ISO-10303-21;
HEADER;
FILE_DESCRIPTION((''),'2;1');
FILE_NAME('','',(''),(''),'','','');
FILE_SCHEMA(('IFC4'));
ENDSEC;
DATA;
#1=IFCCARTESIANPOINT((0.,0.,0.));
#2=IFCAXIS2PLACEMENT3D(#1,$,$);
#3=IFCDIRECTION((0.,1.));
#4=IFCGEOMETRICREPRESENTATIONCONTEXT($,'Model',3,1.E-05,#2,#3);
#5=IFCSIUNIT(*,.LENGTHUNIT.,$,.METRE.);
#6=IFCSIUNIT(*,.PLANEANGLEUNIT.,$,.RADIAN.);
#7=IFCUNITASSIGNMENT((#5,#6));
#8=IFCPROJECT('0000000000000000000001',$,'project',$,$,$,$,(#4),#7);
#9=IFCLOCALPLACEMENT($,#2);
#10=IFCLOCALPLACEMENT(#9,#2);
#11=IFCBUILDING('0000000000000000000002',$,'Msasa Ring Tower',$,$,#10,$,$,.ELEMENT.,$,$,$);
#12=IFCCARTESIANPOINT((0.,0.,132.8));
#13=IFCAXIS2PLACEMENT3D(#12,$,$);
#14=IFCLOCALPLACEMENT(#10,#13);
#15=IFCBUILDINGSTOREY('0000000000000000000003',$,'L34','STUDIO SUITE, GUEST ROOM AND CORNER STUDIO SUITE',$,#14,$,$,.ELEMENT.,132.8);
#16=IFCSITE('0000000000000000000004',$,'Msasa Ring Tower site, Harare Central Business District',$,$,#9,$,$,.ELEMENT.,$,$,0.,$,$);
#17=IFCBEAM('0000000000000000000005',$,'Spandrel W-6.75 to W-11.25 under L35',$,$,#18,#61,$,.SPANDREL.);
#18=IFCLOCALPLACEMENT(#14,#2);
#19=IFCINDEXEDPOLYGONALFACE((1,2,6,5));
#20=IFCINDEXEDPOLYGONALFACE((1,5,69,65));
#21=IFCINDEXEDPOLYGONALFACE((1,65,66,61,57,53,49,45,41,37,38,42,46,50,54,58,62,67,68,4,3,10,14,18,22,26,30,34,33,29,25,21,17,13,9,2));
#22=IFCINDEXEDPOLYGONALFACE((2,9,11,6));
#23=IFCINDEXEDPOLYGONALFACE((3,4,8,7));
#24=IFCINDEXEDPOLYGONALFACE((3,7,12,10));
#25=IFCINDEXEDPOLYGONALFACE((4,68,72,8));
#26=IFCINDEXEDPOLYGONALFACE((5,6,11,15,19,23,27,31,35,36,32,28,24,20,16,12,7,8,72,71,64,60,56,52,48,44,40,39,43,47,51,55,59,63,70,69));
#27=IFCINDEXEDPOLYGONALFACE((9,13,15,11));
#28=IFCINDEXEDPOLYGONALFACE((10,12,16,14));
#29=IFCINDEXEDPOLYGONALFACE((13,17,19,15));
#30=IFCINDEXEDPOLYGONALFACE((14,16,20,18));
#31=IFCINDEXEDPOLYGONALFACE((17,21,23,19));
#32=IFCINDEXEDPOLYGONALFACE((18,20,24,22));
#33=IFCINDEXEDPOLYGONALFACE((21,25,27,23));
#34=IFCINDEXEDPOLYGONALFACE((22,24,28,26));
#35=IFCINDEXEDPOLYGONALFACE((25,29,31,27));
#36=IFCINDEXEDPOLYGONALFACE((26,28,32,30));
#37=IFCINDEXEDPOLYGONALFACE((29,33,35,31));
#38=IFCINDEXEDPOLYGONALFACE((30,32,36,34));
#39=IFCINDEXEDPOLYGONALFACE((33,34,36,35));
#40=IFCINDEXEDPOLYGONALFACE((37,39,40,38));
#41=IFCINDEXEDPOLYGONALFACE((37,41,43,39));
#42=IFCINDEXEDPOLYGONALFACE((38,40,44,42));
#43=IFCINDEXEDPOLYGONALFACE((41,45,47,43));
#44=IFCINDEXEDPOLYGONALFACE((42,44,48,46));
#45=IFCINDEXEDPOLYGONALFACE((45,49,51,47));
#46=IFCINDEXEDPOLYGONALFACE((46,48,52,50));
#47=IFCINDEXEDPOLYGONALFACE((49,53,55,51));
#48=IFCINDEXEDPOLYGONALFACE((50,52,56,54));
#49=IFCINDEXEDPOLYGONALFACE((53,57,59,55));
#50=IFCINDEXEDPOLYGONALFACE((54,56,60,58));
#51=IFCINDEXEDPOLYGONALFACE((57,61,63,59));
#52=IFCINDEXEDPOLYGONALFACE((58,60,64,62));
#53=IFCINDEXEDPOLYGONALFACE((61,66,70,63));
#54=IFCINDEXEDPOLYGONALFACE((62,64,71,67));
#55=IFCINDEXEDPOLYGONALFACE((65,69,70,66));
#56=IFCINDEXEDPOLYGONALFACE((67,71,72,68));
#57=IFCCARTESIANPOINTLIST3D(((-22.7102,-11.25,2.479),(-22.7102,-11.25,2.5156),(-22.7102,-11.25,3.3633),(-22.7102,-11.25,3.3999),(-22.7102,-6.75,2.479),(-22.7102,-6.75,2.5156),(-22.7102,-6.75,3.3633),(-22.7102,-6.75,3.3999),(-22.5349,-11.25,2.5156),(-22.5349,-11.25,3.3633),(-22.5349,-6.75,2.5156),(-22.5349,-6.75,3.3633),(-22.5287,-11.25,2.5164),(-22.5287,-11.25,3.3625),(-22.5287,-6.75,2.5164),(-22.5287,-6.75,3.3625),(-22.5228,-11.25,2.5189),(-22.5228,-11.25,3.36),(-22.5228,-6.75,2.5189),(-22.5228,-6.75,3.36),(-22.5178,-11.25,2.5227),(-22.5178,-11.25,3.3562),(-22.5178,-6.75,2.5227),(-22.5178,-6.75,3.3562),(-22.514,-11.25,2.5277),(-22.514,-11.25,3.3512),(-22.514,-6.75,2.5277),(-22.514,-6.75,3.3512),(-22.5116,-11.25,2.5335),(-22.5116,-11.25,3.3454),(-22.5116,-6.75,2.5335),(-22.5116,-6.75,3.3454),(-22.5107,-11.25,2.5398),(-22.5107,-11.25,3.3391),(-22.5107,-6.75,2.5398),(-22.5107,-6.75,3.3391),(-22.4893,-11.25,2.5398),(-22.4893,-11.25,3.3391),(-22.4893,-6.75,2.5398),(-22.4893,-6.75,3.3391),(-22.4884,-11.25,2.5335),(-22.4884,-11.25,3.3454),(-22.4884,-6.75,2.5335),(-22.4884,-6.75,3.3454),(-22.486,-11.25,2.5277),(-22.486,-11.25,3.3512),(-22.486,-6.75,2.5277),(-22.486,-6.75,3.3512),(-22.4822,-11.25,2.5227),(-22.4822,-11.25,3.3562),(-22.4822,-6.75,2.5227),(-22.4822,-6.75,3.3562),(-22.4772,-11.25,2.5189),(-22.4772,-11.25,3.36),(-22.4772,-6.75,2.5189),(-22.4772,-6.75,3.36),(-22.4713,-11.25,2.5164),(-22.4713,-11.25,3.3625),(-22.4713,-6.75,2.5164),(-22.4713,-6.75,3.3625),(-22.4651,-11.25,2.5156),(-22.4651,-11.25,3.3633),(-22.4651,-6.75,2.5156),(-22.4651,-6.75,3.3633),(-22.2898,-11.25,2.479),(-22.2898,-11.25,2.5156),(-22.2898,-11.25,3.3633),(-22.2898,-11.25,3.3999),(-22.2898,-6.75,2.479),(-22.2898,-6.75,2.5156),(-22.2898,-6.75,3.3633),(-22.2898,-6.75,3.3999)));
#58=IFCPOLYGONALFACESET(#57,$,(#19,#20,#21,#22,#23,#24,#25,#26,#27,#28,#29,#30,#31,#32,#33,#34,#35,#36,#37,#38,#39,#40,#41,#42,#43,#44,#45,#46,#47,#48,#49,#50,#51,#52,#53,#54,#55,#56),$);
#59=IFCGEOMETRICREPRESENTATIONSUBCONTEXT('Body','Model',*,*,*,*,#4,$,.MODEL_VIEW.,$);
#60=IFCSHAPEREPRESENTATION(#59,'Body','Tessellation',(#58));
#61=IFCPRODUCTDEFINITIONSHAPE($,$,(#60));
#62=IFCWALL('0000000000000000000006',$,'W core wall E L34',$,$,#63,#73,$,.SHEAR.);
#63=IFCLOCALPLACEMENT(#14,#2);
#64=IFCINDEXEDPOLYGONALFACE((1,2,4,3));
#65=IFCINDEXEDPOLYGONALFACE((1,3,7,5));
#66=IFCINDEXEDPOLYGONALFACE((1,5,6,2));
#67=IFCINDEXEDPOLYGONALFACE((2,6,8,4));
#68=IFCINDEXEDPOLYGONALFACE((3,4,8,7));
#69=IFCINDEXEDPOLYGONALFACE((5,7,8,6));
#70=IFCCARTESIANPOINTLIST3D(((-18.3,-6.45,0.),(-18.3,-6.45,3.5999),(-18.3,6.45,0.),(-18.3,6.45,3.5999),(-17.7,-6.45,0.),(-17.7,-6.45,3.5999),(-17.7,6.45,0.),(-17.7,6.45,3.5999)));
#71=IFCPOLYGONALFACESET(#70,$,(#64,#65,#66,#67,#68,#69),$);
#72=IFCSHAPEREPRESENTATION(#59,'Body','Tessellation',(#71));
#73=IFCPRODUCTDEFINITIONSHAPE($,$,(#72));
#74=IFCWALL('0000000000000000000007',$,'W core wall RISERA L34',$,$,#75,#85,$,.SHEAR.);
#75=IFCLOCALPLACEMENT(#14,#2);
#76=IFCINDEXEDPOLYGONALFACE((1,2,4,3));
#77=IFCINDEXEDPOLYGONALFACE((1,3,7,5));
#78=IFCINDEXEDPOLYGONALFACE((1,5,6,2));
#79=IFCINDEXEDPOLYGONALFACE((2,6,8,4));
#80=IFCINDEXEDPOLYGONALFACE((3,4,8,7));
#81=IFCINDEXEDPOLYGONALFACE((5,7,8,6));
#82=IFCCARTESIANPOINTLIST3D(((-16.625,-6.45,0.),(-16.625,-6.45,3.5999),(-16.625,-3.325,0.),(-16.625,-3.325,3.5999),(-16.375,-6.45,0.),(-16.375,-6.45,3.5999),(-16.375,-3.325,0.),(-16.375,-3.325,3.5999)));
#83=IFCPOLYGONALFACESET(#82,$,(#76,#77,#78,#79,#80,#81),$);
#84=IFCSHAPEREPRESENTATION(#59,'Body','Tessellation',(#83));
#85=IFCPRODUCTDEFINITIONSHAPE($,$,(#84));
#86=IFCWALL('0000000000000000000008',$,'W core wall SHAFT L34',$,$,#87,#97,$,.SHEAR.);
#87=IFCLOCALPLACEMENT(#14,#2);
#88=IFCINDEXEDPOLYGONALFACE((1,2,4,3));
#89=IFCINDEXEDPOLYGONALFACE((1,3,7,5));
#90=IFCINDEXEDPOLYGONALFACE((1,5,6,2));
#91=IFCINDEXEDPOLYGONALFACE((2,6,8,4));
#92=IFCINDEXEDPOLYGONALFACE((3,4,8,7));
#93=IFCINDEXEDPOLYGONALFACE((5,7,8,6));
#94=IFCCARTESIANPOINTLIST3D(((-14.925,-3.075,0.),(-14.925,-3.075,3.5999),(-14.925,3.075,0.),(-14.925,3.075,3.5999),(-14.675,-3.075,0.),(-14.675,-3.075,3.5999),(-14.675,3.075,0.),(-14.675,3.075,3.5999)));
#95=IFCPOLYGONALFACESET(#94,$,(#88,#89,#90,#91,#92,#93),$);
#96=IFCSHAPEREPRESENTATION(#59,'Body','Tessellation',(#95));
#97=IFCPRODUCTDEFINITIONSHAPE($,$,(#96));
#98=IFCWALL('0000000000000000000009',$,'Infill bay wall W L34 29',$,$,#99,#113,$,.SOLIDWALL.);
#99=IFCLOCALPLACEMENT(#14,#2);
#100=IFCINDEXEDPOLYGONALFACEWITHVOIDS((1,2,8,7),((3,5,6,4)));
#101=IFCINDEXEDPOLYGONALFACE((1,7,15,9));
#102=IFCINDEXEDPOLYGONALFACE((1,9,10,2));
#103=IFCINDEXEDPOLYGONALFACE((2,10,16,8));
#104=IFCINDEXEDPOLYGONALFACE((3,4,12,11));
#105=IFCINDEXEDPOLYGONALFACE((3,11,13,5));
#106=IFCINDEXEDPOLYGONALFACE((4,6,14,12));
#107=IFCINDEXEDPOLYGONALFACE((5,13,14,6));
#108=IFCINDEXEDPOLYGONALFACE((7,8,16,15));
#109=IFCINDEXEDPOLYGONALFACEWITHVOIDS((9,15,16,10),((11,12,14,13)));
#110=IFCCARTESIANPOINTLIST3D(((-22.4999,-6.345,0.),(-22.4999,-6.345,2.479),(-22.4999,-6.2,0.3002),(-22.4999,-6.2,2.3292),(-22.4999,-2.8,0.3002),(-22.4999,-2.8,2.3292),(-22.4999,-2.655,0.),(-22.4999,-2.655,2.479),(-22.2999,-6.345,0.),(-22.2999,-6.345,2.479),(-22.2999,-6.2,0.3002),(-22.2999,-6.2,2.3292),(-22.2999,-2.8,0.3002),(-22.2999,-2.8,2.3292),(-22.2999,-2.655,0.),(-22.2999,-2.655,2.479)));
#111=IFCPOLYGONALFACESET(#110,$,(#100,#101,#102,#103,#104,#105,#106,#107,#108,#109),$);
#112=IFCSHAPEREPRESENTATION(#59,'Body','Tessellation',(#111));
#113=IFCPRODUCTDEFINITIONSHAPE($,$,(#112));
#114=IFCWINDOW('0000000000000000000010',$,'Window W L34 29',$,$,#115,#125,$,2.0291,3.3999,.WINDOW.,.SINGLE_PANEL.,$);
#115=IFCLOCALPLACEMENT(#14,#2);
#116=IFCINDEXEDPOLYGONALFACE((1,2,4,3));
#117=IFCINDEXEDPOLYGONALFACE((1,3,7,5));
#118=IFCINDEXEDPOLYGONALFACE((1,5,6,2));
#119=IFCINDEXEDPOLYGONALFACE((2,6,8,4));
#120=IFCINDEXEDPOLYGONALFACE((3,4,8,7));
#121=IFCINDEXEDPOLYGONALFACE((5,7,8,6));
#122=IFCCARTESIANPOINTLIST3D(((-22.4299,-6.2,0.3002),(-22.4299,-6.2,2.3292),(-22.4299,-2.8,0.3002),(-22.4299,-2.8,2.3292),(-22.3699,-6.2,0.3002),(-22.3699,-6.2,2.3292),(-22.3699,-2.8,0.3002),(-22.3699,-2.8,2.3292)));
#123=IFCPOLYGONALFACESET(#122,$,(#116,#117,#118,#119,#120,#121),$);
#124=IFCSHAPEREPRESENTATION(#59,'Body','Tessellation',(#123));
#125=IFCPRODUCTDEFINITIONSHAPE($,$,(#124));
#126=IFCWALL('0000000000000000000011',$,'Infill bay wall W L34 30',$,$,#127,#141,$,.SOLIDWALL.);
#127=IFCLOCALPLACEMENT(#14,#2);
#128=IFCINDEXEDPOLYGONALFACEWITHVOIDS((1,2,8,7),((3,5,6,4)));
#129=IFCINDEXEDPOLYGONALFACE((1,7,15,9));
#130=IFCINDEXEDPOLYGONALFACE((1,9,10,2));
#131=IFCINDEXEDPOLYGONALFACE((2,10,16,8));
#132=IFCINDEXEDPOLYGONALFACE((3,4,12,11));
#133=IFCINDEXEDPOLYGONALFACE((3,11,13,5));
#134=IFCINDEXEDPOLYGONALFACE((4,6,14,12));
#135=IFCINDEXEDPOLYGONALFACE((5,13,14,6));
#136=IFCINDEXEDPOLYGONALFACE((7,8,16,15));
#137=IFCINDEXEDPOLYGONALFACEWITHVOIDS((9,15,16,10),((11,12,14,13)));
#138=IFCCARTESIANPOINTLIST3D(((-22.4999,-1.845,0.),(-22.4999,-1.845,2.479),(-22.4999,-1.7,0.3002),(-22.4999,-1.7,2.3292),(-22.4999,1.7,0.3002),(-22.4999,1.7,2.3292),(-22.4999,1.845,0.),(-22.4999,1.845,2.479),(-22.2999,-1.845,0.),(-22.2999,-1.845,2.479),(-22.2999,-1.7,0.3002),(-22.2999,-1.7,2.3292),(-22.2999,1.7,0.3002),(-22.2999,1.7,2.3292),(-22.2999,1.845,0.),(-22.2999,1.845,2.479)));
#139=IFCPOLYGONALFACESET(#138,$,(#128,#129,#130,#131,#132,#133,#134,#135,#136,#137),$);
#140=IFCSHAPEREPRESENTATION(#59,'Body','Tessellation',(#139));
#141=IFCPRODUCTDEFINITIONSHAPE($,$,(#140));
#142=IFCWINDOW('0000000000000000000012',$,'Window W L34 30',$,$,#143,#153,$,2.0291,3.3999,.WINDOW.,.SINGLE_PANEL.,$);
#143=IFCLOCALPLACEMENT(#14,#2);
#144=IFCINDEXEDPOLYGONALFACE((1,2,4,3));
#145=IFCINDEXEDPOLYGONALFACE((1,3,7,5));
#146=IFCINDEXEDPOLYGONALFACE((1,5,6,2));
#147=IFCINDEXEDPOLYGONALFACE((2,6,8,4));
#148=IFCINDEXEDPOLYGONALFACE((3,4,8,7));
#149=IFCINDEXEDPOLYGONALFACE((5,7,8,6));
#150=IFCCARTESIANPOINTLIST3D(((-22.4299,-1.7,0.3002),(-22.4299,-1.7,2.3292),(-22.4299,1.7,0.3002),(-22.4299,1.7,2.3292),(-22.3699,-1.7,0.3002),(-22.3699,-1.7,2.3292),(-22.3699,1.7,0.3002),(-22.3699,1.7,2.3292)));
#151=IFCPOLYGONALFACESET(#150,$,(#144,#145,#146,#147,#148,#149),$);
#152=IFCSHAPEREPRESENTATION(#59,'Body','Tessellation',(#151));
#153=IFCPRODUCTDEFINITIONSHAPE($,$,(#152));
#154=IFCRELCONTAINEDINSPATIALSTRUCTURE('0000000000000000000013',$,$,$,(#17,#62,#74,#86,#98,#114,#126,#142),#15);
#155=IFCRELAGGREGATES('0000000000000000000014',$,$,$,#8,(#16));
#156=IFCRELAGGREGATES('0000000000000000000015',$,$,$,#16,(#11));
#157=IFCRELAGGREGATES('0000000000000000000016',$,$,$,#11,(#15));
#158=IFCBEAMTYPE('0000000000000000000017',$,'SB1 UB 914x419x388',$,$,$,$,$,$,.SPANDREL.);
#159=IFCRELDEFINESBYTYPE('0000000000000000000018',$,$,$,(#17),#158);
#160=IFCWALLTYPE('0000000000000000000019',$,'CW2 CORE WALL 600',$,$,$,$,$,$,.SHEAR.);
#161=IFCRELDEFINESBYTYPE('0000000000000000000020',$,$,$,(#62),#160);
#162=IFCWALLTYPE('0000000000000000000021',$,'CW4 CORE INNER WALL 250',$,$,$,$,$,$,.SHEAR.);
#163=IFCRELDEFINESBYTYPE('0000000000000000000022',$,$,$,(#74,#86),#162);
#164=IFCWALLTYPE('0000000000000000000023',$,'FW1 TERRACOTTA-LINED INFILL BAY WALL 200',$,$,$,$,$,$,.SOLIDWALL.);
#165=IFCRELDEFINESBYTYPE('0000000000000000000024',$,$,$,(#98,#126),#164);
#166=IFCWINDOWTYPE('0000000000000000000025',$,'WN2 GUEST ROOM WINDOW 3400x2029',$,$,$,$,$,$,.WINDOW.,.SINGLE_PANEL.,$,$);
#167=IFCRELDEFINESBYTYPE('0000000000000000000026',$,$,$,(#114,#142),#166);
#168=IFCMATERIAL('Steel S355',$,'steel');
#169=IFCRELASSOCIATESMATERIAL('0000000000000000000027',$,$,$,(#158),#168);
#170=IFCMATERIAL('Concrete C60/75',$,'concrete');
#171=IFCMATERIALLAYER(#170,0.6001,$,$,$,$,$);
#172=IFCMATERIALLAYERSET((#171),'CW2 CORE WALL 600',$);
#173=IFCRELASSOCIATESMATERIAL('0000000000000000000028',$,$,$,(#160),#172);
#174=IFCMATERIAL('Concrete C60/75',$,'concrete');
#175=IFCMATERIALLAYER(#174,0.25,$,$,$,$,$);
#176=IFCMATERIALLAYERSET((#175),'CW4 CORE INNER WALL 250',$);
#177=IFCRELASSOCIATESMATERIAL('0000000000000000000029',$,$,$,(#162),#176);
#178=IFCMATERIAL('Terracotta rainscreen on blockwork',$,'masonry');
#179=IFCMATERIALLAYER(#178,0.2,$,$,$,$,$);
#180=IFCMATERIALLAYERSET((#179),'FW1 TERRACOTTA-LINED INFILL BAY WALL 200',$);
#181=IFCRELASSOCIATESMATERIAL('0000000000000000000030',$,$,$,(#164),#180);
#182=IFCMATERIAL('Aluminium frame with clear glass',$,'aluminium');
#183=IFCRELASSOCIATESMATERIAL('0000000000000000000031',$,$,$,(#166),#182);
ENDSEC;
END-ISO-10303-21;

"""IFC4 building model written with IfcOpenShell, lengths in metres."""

from ifc_helpers import new_model, si_unit, direction, frame, frame_2d, origin, origin_2d, place, context, subcontext, project, spatial, rectangle, i_section, extrude, material, layer, layer_set, material_profile, profile_set, type_object, element, fill, save


model = new_model("IFC4")

# Units and contexts
model_context = context("Model", 3, precision=1e-05, world=origin(), true_north=direction((0.0, 1.0)))
body_context = subcontext(model_context, "Body", "Model", "MODEL_VIEW")
ifc_project = project(units=[si_unit("LENGTHUNIT", "METRE"), si_unit("PLANEANGLEUNIT", "RADIAN")], contexts=[model_context])

# Site, building, storey
site_placement = place(None, origin())
site = spatial("IfcSite", under=ifc_project, at=site_placement, Name="Msasa Ring Tower site, Harare Central Business District", CompositionType="ELEMENT", RefElevation=0.0)
building_placement = place(site_placement, origin())
building = spatial("IfcBuilding", under=site, at=building_placement, Name="Msasa Ring Tower", CompositionType="ELEMENT")
storey_placement = place(building_placement, frame((0.0, 0.0, 132.8)))
storey = spatial("IfcBuildingStorey", under=building, at=storey_placement, Name="L34", Description="STUDIO SUITE, GUEST ROOM AND CORNER STUDIO SUITE", CompositionType="ELEMENT", Elevation=132.8)

# Beam
ifc_material_1 = material(Name="Steel S355", Category="steel")
ifc_material_profile_1 = material_profile(ifc_material_1, i_section(OverallWidth=0.4204, OverallDepth=0.9209, WebThickness=0.0215, FlangeThickness=0.0366, FilletRadius=0.0242, at=origin_2d()), Name="UB 914x419x388")
ifc_profile_set_1 = profile_set([ifc_material_profile_1], Name="Steel S355")
beam_type_1 = type_object("IfcBeamType", Name="SB1 UB 914x419x388", PredefinedType="SPANDREL", material=ifc_profile_set_1)
for number, where, z_axis, x_axis, name in (
    (1, (-22.5, -6.75, 2.9395), (0.0, -1.0, 0.0), (1.0, 0.0, 0.0), "Spandrel W-6.75 to W-11.25 under L35"),
):
    element("IfcBeam", number, at=place(storey_placement, frame(where, z_axis=z_axis, x_axis=x_axis)), inside=storey, type_object=beam_type_1, Name=name, PredefinedType="SPANDREL", context=body_context, shape_type="SweptSolid", body=[
        extrude(i_section(OverallWidth=0.4204, OverallDepth=0.9209, WebThickness=0.0215, FlangeThickness=0.0366, FilletRadius=0.0242, at=origin_2d()), origin(), (0.0, 0.0, 1.0), 4.5),
    ])

# Walls
ifc_material_2 = material(Name="Concrete C60/75", Category="concrete")
ifc_layer_1 = layer(ifc_material_2, 0.6001)
ifc_layer_set_1 = layer_set([ifc_layer_1], Name="CW2 CORE WALL 600")
wall_type_1 = type_object("IfcWallType", Name="CW2 CORE WALL 600", PredefinedType="SHEAR", material=ifc_layer_set_1)
wall_1_placement = place(storey_placement, frame((-18.0, -6.45, 0.0), z_axis=(0.0, 0.0, 1.0), x_axis=(0.0, 1.0, 0.0)))
element("IfcWall", 2, at=wall_1_placement, inside=storey, type_object=wall_type_1, Name="W core wall E L34", PredefinedType="SHEAR", context=body_context, shape_type="SweptSolid", body=[
    extrude(rectangle(XDim=12.8999, YDim=0.6001, at=frame_2d((6.45, 0.0))), origin(), (0.0, 0.0, 1.0), 3.5999),
])
ifc_material_3 = material(Name="Concrete C60/75", Category="concrete")
ifc_layer_2 = layer(ifc_material_3, 0.25)
ifc_layer_set_2 = layer_set([ifc_layer_2], Name="CW4 CORE INNER WALL 250")
wall_type_2 = type_object("IfcWallType", Name="CW4 CORE INNER WALL 250", PredefinedType="SHEAR", material=ifc_layer_set_2)
wall_2_placement = place(storey_placement, frame((-16.5, -6.45, 0.0), z_axis=(0.0, 0.0, 1.0), x_axis=(0.0, 1.0, 0.0)))
element("IfcWall", 3, at=wall_2_placement, inside=storey, type_object=wall_type_2, Name="W core wall RISERA L34", PredefinedType="SHEAR", context=body_context, shape_type="SweptSolid", body=[
    extrude(rectangle(XDim=3.125, YDim=0.25, at=frame_2d((1.5625, 0.0))), origin(), (0.0, 0.0, 1.0), 3.5999),
])
wall_3_placement = place(storey_placement, frame((-14.8, -3.075, 0.0), z_axis=(0.0, 0.0, 1.0), x_axis=(0.0, 1.0, 0.0)))
element("IfcWall", 4, at=wall_3_placement, inside=storey, type_object=wall_type_2, Name="W core wall SHAFT L34", PredefinedType="SHEAR", context=body_context, shape_type="SweptSolid", body=[
    extrude(rectangle(XDim=6.1499, YDim=0.25, at=frame_2d((3.075, 0.0))), origin(), (0.0, 0.0, 1.0), 3.5999),
])

# Walls, openings, windows
ifc_material_4 = material(Name="Terracotta rainscreen on blockwork", Category="masonry")
ifc_layer_3 = layer(ifc_material_4, 0.2)
ifc_layer_set_3 = layer_set([ifc_layer_3], Name="FW1 TERRACOTTA-LINED INFILL BAY WALL 200")
wall_type_3 = type_object("IfcWallType", Name="FW1 TERRACOTTA-LINED INFILL BAY WALL 200", PredefinedType="SOLIDWALL", material=ifc_layer_set_3)
wall_4_placement = place(storey_placement, frame((-22.3999, -6.345, 0.0), z_axis=(0.0, 0.0, 1.0), x_axis=(0.0, 1.0, 0.0)))
wall_4 = element("IfcWall", 5, at=wall_4_placement, inside=storey, type_object=wall_type_3, Name="Infill bay wall W L34 29", PredefinedType="SOLIDWALL", context=body_context, shape_type="SweptSolid", body=[
    extrude(rectangle(XDim=3.6899, YDim=0.2, at=frame_2d((1.845, 0.0))), origin(), (0.0, 0.0, 1.0), 2.479),
])
opening_1_placement = place(wall_4_placement, frame((0.145, 0.0, 0.3)))
opening_1 = element("IfcOpeningElement", 6, at=opening_1_placement, cuts=wall_4, PredefinedType="OPENING", context=body_context, shape_type="SweptSolid", body=[
    extrude(rectangle(XDim=3.3999, YDim=2.0291, at=frame_2d((1.7, 1.0146))), frame((0.0, 0.1099, 0.0), z_axis=(0.0, -1.0, 0.0), x_axis=(1.0, 0.0, 0.0)), (0.0, 0.0, 1.0), 0.22),
])
ifc_material_5 = material(Name="Aluminium frame with clear glass", Category="aluminium")
window_type = type_object("IfcWindowType", Name="WN2 GUEST ROOM WINDOW 3400x2029", PartitioningType="SINGLE_PANEL", PredefinedType="WINDOW", material=ifc_material_5)
window_1_placement = place(opening_1_placement, origin())
window_1 = element("IfcWindow", 7, at=window_1_placement, inside=storey, type_object=window_type, Name="Window W L34 29", OverallHeight=2.0291, OverallWidth=3.3999, PartitioningType="SINGLE_PANEL", PredefinedType="WINDOW", context=body_context, shape_type="SweptSolid", body=[
    extrude(rectangle(XDim=3.3999, YDim=2.0291, at=frame_2d((1.7, 1.0146))), frame((0.0, 0.03, 0.0), z_axis=(0.0, -1.0, 0.0), x_axis=(1.0, 0.0, 0.0)), (0.0, 0.0, 1.0), 0.0601),
])
fill(opening_1, window_1)
wall_5_placement = place(storey_placement, frame((-22.3999, -1.845, 0.0), z_axis=(0.0, 0.0, 1.0), x_axis=(0.0, 1.0, 0.0)))
wall_5 = element("IfcWall", 8, at=wall_5_placement, inside=storey, type_object=wall_type_3, Name="Infill bay wall W L34 30", PredefinedType="SOLIDWALL", context=body_context, shape_type="SweptSolid", body=[
    extrude(rectangle(XDim=3.6899, YDim=0.2, at=frame_2d((1.845, 0.0))), origin(), (0.0, 0.0, 1.0), 2.479),
])
opening_2_placement = place(wall_5_placement, frame((0.145, 0.0, 0.3)))
opening_2 = element("IfcOpeningElement", 9, at=opening_2_placement, cuts=wall_5, PredefinedType="OPENING", context=body_context, shape_type="SweptSolid", body=[
    extrude(rectangle(XDim=3.3999, YDim=2.0291, at=frame_2d((1.7, 1.0146))), frame((0.0, 0.1099, 0.0), z_axis=(0.0, -1.0, 0.0), x_axis=(1.0, 0.0, 0.0)), (0.0, 0.0, 1.0), 0.22),
])
window_2_placement = place(opening_2_placement, origin())
window_2 = element("IfcWindow", 10, at=window_2_placement, inside=storey, type_object=window_type, Name="Window W L34 30", OverallHeight=2.0291, OverallWidth=3.3999, PartitioningType="SINGLE_PANEL", PredefinedType="WINDOW", context=body_context, shape_type="SweptSolid", body=[
    extrude(rectangle(XDim=3.3999, YDim=2.0291, at=frame_2d((1.7, 1.0146))), frame((0.0, 0.03, 0.0), z_axis=(0.0, -1.0, 0.0), x_axis=(1.0, 0.0, 0.0)), (0.0, 0.0, 1.0), 0.0601),
])
fill(opening_2, window_2)

save(model, "model.ifc")
